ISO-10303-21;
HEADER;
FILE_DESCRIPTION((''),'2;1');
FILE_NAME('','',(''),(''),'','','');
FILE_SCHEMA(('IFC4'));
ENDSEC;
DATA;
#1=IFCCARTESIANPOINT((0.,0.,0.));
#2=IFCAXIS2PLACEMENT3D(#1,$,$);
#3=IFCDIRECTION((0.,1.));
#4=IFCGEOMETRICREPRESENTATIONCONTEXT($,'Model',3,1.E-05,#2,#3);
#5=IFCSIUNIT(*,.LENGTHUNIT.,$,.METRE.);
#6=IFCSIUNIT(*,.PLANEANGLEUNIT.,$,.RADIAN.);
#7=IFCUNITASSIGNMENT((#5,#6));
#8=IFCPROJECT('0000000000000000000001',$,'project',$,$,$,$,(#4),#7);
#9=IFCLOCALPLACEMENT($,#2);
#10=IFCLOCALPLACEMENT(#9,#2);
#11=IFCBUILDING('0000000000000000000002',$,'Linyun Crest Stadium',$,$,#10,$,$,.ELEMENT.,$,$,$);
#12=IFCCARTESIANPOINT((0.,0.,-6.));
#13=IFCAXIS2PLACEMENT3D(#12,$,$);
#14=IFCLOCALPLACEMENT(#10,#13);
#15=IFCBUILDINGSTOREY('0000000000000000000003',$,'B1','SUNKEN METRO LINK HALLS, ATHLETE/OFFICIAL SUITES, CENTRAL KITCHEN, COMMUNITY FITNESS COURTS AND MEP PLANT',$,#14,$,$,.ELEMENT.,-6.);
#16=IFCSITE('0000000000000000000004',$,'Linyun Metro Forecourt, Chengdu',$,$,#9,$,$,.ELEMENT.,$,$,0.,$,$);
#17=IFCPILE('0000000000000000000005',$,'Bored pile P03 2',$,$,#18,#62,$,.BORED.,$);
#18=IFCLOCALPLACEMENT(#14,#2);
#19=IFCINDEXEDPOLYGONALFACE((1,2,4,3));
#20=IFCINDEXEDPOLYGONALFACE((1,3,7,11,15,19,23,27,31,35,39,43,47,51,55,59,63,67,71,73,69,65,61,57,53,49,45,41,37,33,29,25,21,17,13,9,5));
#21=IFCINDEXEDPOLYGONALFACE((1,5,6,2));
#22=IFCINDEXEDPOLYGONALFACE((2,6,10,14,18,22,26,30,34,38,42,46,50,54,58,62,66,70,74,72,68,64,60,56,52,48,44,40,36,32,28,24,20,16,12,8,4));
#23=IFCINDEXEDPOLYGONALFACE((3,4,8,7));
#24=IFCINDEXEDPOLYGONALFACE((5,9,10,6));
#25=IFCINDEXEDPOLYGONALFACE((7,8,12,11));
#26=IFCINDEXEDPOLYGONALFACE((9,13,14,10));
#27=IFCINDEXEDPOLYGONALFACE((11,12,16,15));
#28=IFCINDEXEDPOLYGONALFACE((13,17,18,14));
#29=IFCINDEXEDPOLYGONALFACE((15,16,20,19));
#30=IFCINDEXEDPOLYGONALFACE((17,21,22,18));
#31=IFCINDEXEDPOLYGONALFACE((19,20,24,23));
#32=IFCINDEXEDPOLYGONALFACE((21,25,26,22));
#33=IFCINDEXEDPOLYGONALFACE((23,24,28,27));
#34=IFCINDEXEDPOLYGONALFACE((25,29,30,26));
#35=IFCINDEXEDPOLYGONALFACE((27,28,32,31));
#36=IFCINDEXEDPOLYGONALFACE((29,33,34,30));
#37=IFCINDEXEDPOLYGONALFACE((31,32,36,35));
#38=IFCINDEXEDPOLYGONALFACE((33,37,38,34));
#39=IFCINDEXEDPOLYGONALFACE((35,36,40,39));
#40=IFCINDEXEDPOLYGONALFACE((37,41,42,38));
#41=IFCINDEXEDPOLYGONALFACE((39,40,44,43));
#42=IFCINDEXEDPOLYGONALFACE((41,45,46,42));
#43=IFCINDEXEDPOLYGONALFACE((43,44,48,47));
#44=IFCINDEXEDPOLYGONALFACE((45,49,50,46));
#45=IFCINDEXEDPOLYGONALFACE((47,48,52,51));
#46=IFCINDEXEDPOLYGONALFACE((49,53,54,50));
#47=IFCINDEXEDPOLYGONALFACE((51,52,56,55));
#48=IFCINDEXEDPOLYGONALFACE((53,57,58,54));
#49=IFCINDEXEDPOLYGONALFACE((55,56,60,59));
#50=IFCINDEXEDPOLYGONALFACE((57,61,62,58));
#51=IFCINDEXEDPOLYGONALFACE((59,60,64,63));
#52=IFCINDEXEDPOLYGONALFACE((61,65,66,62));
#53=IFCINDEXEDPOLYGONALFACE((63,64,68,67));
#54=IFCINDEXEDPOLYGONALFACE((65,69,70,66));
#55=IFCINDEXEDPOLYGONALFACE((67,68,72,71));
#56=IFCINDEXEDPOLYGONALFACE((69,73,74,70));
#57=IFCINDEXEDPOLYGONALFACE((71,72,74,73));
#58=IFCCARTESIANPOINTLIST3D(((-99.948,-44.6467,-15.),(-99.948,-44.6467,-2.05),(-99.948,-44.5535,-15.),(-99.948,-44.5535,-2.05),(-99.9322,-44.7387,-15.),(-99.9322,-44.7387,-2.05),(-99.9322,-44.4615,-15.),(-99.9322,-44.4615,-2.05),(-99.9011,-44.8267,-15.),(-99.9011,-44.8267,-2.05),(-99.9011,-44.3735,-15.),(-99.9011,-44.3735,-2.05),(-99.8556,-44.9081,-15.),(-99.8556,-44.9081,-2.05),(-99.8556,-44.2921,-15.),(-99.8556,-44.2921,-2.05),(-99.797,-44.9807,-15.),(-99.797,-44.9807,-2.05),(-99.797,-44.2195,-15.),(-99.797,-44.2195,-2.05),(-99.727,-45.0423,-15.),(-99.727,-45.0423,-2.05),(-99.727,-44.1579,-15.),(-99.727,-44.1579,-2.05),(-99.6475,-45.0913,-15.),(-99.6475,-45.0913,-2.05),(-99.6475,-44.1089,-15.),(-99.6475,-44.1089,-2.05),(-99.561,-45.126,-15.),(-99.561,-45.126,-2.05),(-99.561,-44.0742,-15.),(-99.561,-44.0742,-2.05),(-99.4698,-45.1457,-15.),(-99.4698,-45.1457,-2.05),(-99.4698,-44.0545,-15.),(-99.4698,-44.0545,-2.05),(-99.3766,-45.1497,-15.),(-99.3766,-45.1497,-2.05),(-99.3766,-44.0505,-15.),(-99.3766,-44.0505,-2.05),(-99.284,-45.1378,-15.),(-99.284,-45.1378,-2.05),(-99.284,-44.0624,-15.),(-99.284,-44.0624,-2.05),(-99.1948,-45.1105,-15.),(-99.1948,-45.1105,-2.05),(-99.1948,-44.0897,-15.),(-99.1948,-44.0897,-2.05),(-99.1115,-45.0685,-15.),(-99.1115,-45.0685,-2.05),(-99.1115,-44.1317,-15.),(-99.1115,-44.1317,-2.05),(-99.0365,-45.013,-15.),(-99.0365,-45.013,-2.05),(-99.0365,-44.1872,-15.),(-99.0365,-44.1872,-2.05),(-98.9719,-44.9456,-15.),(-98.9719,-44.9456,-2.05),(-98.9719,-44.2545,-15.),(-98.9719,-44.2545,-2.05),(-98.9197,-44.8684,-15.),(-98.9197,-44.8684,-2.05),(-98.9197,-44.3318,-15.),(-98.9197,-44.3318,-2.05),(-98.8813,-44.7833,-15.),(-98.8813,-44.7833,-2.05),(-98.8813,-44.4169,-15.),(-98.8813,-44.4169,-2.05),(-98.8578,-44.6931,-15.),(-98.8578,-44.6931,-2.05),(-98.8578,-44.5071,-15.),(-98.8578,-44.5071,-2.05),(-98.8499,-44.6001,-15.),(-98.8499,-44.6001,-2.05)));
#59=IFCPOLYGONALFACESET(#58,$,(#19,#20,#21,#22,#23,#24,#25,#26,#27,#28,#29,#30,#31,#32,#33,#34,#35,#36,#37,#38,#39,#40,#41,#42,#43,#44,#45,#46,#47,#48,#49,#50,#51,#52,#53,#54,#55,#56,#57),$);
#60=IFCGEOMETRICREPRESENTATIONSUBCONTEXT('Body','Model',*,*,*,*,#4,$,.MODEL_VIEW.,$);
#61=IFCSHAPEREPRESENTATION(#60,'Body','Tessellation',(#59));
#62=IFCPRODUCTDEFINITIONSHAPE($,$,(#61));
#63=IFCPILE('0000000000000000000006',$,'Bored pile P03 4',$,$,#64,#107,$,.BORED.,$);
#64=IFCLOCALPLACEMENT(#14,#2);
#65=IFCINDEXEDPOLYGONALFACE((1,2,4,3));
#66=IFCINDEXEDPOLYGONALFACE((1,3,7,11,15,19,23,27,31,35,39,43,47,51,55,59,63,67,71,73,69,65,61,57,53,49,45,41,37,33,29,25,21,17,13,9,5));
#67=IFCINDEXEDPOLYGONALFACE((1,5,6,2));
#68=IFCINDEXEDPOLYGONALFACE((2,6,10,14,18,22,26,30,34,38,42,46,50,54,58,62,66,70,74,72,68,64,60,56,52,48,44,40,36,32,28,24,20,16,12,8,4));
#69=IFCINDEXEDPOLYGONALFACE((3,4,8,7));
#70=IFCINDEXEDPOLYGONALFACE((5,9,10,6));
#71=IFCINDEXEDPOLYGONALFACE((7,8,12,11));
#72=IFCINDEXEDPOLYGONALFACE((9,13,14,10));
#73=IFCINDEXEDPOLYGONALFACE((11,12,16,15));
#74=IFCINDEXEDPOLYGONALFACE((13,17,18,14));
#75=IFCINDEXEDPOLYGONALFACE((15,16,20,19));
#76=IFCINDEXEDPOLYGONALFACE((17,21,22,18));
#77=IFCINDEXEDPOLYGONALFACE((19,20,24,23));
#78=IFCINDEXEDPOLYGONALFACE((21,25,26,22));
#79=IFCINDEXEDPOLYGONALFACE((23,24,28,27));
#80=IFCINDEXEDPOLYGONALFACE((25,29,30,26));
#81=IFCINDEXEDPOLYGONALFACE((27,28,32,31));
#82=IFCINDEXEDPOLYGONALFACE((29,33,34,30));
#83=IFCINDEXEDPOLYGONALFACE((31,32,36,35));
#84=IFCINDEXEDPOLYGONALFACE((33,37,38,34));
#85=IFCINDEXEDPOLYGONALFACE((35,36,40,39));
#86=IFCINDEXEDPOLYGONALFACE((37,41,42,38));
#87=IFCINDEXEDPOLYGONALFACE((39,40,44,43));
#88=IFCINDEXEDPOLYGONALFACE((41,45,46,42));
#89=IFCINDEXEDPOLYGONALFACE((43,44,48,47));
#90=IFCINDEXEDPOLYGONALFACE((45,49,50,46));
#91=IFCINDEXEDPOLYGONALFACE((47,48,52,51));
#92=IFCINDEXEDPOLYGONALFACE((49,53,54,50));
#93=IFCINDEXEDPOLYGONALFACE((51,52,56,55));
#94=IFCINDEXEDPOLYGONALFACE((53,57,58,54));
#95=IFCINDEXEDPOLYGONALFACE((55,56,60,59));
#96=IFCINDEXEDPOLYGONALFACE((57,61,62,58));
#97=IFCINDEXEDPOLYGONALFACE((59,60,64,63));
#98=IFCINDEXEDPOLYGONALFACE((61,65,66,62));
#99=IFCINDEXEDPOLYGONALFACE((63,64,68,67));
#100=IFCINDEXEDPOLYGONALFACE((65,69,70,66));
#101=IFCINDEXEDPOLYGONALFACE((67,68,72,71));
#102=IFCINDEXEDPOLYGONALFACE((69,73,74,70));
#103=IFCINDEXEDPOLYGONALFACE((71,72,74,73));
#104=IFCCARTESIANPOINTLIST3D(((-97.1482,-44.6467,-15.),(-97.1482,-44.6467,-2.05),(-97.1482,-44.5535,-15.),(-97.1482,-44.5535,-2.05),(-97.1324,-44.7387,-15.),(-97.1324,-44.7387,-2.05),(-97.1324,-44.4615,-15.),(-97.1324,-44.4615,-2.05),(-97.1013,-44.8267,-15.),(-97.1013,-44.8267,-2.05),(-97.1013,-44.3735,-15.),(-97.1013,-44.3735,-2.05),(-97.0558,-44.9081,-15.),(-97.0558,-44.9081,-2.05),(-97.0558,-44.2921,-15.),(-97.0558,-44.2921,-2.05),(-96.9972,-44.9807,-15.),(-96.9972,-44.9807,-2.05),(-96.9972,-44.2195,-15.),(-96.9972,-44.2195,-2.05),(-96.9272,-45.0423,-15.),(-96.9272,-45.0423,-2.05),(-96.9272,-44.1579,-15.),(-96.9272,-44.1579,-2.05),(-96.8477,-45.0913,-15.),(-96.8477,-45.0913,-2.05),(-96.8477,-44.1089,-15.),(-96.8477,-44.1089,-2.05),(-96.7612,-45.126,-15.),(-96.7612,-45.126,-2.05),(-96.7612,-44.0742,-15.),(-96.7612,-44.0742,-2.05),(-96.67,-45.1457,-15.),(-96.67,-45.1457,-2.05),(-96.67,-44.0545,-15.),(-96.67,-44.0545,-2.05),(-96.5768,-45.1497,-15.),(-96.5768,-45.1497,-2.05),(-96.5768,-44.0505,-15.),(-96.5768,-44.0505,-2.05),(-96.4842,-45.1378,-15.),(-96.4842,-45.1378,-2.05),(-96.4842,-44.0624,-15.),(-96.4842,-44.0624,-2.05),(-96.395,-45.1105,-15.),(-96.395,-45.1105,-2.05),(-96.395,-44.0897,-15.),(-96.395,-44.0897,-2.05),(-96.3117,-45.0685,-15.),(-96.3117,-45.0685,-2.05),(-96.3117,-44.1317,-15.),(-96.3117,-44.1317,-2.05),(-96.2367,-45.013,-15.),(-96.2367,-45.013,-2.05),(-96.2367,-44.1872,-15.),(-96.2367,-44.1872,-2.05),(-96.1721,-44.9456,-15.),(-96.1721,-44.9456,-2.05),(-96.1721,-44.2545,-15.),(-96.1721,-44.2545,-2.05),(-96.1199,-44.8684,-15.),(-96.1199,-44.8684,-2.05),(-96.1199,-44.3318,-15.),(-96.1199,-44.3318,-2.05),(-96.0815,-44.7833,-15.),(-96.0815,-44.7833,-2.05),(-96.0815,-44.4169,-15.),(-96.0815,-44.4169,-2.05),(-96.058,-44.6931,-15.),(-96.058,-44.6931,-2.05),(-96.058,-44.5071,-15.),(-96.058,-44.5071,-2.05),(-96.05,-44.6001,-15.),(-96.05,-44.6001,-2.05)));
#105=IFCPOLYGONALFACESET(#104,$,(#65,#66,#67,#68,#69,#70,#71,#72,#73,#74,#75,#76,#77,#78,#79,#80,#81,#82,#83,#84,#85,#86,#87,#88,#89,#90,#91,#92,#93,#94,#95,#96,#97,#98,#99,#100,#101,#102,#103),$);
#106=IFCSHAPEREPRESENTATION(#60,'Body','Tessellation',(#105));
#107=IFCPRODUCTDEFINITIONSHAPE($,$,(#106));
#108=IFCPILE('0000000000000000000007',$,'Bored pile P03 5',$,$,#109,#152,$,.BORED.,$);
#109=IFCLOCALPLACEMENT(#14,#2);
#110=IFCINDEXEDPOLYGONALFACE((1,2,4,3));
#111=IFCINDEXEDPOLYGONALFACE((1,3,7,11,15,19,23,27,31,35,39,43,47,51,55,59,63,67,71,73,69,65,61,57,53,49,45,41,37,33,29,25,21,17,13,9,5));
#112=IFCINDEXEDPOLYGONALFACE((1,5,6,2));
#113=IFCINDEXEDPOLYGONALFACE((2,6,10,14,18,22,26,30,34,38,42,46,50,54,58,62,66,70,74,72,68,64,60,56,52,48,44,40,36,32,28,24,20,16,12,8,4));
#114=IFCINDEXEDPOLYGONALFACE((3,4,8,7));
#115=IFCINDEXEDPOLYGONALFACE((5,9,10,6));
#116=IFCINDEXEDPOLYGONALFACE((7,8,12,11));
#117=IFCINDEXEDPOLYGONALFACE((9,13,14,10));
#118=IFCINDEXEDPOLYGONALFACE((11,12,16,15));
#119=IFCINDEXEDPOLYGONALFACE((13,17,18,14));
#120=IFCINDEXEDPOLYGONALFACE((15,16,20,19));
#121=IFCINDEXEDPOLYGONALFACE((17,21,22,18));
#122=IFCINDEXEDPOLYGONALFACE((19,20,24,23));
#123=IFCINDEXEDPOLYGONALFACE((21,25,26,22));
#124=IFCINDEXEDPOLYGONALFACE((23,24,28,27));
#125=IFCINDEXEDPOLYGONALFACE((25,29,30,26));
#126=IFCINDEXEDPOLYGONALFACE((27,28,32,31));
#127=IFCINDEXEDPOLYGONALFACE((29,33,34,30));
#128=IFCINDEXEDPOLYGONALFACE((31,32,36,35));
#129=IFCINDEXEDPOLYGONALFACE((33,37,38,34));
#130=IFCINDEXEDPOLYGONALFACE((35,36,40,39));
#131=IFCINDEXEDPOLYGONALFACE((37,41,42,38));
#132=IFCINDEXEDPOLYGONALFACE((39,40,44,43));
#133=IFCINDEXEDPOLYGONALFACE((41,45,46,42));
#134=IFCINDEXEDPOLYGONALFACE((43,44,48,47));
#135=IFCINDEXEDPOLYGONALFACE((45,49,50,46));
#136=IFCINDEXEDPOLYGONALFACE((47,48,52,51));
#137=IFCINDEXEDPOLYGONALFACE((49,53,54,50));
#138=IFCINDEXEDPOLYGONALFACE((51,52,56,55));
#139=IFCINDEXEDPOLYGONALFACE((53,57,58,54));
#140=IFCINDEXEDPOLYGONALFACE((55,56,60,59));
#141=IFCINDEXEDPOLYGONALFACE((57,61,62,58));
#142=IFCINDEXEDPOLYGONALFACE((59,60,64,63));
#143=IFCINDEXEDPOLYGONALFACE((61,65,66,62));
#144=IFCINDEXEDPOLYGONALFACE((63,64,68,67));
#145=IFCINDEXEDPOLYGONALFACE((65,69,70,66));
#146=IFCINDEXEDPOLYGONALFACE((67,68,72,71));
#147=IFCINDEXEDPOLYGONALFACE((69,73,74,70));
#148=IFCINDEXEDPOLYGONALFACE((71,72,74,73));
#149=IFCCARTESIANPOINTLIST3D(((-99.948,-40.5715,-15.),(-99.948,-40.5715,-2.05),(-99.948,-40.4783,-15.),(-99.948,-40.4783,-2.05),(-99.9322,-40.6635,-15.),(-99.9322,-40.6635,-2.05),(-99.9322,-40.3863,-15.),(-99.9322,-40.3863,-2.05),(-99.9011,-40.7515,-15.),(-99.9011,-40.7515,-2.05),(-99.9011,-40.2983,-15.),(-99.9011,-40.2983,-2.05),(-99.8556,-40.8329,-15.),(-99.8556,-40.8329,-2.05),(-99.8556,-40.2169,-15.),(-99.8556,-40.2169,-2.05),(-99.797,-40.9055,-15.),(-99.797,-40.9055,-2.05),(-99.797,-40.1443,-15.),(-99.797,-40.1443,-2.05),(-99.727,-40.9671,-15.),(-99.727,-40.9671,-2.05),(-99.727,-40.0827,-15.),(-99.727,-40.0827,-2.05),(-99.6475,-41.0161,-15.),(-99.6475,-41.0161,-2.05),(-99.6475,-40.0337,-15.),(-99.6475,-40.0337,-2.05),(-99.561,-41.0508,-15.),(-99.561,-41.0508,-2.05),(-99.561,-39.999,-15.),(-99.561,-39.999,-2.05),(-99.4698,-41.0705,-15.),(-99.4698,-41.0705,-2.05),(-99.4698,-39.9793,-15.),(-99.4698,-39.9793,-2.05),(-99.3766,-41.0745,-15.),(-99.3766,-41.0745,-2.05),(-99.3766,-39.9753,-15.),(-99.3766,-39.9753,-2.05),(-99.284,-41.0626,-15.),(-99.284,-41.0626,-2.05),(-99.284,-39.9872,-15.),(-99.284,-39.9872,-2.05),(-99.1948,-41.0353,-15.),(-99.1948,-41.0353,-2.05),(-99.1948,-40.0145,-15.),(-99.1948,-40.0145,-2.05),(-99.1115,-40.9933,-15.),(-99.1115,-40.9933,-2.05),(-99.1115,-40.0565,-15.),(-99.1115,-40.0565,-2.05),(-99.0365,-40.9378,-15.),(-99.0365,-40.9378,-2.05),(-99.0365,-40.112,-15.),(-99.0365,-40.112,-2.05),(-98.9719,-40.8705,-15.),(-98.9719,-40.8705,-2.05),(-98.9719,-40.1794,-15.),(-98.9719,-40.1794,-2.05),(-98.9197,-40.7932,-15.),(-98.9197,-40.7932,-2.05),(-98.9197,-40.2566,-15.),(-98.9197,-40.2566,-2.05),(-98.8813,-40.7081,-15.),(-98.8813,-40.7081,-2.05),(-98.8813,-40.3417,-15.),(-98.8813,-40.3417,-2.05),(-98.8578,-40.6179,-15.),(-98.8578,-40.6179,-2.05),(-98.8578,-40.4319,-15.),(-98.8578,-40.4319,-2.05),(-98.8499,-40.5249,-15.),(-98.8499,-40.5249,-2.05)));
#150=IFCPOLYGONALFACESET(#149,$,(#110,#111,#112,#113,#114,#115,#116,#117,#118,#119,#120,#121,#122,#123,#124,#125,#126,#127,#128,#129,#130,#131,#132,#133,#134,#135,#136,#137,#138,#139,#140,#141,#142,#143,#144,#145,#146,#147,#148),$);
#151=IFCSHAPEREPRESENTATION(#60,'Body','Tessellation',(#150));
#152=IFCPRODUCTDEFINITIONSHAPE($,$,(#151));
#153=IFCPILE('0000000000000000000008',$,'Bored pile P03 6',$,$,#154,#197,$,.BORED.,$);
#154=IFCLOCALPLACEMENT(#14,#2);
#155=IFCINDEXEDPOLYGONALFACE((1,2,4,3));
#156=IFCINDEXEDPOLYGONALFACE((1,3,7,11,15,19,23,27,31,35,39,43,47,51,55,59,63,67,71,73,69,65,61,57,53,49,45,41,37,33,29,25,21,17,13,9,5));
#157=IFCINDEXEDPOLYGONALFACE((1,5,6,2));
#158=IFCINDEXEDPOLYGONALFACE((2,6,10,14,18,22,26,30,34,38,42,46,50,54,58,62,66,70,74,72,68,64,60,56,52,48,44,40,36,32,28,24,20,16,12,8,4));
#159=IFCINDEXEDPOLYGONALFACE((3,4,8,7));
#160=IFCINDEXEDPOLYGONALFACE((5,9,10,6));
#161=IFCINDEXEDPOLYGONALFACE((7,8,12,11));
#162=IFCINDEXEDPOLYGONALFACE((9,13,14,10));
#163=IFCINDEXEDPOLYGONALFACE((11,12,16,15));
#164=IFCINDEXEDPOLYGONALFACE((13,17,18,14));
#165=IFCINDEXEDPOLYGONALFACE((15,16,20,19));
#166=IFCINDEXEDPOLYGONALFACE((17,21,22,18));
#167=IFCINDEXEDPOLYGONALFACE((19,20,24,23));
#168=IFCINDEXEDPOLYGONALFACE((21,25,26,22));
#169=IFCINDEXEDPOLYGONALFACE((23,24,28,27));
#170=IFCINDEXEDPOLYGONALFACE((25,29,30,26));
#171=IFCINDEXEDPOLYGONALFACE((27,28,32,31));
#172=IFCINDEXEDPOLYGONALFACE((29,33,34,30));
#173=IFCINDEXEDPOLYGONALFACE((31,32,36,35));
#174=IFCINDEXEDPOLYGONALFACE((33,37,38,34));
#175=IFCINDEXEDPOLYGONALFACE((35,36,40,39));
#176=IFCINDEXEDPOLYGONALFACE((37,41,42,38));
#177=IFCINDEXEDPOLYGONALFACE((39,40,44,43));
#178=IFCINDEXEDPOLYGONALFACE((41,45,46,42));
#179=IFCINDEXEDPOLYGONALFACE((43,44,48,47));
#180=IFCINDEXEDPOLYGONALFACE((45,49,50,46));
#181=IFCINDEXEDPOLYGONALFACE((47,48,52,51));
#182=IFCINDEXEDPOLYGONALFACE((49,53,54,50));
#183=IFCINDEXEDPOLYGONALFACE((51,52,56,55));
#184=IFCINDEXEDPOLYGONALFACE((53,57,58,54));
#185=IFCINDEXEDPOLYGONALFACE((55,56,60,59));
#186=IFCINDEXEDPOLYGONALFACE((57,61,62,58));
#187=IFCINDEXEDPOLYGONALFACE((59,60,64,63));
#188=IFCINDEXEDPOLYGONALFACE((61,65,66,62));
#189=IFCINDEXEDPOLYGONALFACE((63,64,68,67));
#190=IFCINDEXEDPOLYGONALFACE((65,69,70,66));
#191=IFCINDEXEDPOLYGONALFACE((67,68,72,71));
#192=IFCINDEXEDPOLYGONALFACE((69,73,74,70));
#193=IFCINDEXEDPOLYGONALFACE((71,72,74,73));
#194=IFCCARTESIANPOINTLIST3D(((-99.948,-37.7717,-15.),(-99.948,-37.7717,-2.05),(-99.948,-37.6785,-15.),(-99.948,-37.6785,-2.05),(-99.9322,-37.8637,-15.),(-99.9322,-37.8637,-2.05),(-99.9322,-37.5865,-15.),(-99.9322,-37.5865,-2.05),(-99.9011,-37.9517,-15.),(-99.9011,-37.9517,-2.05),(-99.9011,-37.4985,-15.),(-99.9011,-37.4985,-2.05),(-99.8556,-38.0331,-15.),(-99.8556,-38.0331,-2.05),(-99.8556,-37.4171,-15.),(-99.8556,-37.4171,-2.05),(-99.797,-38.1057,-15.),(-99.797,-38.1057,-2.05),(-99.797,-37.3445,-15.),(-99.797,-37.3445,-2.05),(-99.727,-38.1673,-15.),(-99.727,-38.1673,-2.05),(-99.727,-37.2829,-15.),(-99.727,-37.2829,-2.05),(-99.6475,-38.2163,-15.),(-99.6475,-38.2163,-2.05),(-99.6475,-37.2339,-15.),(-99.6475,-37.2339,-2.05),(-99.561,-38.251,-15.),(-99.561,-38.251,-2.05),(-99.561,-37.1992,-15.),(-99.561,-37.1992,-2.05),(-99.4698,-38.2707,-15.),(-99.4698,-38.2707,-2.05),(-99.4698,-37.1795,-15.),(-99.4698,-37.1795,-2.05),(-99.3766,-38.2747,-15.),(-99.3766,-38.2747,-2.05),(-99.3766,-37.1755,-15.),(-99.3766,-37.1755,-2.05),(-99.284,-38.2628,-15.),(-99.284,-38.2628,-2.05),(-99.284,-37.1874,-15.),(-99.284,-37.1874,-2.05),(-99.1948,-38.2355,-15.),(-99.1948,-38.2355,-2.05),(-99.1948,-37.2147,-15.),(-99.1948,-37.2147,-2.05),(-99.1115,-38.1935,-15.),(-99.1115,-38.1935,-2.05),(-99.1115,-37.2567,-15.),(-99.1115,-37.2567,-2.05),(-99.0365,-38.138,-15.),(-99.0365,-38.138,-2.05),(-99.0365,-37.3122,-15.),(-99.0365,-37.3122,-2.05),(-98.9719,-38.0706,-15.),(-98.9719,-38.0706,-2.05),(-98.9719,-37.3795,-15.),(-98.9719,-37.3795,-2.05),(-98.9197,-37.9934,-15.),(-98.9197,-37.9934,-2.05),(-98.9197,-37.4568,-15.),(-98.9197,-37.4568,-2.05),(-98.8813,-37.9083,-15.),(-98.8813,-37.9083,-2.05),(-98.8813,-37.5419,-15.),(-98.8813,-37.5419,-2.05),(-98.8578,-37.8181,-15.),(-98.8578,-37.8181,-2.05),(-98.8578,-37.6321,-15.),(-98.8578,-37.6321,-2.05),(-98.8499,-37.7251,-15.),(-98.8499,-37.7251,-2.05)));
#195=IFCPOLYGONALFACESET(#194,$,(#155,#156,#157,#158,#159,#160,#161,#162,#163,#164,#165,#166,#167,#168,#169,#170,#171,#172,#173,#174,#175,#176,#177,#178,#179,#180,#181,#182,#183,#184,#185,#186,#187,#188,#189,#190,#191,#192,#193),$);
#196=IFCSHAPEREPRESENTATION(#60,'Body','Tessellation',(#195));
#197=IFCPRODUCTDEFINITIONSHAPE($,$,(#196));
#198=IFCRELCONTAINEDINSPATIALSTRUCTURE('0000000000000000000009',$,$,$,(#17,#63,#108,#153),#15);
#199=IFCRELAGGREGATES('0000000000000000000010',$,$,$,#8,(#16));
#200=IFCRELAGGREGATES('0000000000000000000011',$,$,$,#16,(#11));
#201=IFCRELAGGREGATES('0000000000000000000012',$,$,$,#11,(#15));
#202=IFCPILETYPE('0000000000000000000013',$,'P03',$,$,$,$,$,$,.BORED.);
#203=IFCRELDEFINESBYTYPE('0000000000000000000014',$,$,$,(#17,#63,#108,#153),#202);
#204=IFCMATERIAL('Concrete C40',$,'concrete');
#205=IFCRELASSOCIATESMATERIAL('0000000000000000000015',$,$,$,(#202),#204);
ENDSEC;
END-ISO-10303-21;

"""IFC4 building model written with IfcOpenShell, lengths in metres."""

from ifc_helpers import new_model, si_unit, direction, frame, origin, origin_2d, place, context, subcontext, project, spatial, circle, extrude, material, material_profile, profile_set, type_object, element, save


model = new_model("IFC4")

# Units and contexts
model_context = context("Model", 3, precision=1e-05, world=origin(), true_north=direction((0.0, 1.0)))
body_context = subcontext(model_context, "Body", "Model", "MODEL_VIEW")
ifc_project = project(units=[si_unit("LENGTHUNIT", "METRE"), si_unit("PLANEANGLEUNIT", "RADIAN")], contexts=[model_context])

# Site, building, storey
site_placement = place(None, origin())
site = spatial("IfcSite", under=ifc_project, at=site_placement, Name="Linyun Metro Forecourt, Chengdu", CompositionType="ELEMENT", RefElevation=0.0)
building_placement = place(site_placement, origin())
building = spatial("IfcBuilding", under=site, at=building_placement, Name="Linyun Crest Stadium", CompositionType="ELEMENT")
storey_placement = place(building_placement, frame((0.0, 0.0, -6.0)))
storey = spatial("IfcBuildingStorey", under=building, at=storey_placement, Name="B1", Description="SUNKEN METRO LINK HALLS, ATHLETE/OFFICIAL SUITES, CENTRAL KITCHEN, COMMUNITY FITNESS COURTS AND MEP PLANT", CompositionType="ELEMENT", Elevation=-6.0)

# Piles
ifc_material_1 = material(Name="Concrete C40", Category="concrete")
ifc_material_profile_1 = material_profile(ifc_material_1, circle(Radius=0.55, at=origin_2d()), Name="BORED PILE 1100")
ifc_profile_set_1 = profile_set([ifc_material_profile_1], Name="Concrete C40")
pile_type = type_object("IfcPileType", Name="P03", PredefinedType="BORED", material=ifc_profile_set_1)
for number, where, z_axis, x_axis, name in (
    (1, (-99.3999, -44.6001, -2.05), (0.0, 0.0, -1.0), (1.0, 0.0, 0.0), "Bored pile P03 2"),
    (2, (-96.6001, -44.6001, -2.05), (0.0, 0.0, -1.0), (1.0, 0.0, 0.0), "Bored pile P03 4"),
    (3, (-99.3999, -40.5249, -2.05), (0.0, 0.0, -1.0), (1.0, 0.0, 0.0), "Bored pile P03 5"),
    (4, (-99.3999, -37.7251, -2.05), (0.0, 0.0, -1.0), (1.0, 0.0, 0.0), "Bored pile P03 6"),
):
    element("IfcPile", number, at=place(storey_placement, frame(where, z_axis=z_axis, x_axis=x_axis)), inside=storey, type_object=pile_type, Name=name, PredefinedType="BORED", context=body_context, shape_type="SweptSolid", body=[
        extrude(circle(Radius=0.55, at=origin_2d()), origin(), (0.0, 0.0, 1.0), 12.95),
    ])

save(model, "model.ifc")
